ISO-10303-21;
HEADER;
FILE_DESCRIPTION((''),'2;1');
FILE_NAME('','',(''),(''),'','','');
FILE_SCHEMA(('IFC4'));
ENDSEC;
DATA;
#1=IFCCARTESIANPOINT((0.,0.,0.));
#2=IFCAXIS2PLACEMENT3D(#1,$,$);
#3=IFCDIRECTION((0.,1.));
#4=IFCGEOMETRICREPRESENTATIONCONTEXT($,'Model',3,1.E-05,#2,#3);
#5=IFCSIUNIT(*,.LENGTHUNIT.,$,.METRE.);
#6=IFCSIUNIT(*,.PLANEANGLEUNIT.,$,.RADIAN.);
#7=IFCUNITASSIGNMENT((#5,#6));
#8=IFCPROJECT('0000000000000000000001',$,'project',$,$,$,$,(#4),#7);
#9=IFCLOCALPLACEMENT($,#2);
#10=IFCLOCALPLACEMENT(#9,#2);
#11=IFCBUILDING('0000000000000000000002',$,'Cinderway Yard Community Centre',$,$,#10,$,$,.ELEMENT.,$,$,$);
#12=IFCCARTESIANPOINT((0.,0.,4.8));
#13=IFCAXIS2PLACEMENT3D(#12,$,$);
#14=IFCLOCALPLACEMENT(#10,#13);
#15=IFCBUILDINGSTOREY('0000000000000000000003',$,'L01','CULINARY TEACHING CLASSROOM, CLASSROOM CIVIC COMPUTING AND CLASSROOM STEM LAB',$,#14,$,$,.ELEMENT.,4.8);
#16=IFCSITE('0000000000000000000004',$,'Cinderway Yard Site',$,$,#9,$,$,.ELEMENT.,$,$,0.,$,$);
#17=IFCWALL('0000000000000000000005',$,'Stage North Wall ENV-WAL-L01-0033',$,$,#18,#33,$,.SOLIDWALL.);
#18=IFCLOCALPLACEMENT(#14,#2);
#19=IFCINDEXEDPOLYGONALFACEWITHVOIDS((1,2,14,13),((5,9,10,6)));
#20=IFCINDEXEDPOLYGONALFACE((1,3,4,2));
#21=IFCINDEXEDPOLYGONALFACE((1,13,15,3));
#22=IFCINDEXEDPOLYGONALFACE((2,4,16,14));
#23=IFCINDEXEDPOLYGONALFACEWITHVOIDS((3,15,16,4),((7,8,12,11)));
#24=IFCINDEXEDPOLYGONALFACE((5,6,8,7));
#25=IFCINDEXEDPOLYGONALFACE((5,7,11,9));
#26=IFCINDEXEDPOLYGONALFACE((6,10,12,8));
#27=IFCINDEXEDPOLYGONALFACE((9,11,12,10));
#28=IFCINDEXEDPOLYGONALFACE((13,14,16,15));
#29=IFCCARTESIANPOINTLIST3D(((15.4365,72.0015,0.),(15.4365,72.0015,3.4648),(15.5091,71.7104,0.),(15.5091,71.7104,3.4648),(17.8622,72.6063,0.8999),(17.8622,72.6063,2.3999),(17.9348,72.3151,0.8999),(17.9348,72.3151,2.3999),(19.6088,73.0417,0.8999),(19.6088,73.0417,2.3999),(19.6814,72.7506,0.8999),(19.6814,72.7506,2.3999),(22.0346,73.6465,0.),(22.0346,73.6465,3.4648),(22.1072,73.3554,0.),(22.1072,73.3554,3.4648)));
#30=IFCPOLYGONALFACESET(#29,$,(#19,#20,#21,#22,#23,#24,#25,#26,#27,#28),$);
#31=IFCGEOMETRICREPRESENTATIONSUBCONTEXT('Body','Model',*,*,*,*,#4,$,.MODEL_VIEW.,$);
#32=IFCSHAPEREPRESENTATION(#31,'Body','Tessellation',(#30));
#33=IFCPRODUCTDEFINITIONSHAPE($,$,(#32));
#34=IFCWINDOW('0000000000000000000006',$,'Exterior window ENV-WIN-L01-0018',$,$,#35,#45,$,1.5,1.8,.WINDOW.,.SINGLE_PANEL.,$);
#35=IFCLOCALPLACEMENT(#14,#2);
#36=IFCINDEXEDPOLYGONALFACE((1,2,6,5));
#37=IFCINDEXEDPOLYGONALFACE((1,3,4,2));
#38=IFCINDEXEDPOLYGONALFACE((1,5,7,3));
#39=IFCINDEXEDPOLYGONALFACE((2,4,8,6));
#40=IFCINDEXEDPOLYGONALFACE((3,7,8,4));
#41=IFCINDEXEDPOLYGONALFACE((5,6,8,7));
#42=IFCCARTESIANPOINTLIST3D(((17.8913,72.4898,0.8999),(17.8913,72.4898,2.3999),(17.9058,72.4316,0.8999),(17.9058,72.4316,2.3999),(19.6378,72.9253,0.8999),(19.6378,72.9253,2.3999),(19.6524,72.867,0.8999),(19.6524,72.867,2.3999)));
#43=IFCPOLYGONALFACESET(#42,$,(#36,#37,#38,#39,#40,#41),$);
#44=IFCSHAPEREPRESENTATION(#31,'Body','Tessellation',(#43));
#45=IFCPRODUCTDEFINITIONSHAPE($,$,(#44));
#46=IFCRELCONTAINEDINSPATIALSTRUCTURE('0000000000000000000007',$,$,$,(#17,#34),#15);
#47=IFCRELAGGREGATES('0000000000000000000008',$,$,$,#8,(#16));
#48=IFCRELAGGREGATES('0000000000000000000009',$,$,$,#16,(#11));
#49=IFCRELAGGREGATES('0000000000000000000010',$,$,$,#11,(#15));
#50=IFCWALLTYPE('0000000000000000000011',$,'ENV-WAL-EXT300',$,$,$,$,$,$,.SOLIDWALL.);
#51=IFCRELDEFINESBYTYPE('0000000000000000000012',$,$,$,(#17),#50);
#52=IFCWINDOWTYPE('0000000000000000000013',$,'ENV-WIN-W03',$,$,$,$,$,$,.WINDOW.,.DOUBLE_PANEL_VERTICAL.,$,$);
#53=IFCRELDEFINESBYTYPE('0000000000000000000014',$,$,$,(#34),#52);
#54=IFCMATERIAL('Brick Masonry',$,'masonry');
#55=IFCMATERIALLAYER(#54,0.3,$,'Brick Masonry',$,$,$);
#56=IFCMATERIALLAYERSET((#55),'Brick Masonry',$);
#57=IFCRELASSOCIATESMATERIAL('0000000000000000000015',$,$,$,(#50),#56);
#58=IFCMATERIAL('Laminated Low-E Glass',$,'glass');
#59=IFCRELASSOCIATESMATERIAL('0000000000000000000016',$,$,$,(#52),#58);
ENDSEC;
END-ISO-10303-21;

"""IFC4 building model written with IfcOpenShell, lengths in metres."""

from ifc_helpers import new_model, si_unit, direction, frame, frame_2d, origin, place, context, subcontext, project, spatial, rectangle, extrude, material, layer, layer_set, type_object, element, fill, save


model = new_model("IFC4")

# Units and contexts
model_context = context("Model", 3, precision=1e-05, world=origin(), true_north=direction((0.0, 1.0)))
body_context = subcontext(model_context, "Body", "Model", "MODEL_VIEW")
ifc_project = project(units=[si_unit("LENGTHUNIT", "METRE"), si_unit("PLANEANGLEUNIT", "RADIAN")], contexts=[model_context])

# Site, building, storey
site_placement = place(None, origin())
site = spatial("IfcSite", under=ifc_project, at=site_placement, Name="Cinderway Yard Site", CompositionType="ELEMENT", RefElevation=0.0)
building_placement = place(site_placement, origin())
building = spatial("IfcBuilding", under=site, at=building_placement, Name="Cinderway Yard Community Centre", CompositionType="ELEMENT")
storey_placement = place(building_placement, frame((0.0, 0.0, 4.8)))
storey = spatial("IfcBuildingStorey", under=building, at=storey_placement, Name="L01", Description="CULINARY TEACHING CLASSROOM, CLASSROOM CIVIC COMPUTING AND CLASSROOM STEM LAB", CompositionType="ELEMENT", Elevation=4.8)

# Shared definitions
ifc_material_1 = material(Name="Laminated Low-E Glass", Category="glass")

# Wall, opening, window
ifc_material_2 = material(Name="Brick Masonry", Category="masonry")
ifc_layer_1 = layer(ifc_material_2, 0.3, Name="Brick Masonry")
ifc_layer_set_1 = layer_set([ifc_layer_1], Name="Brick Masonry")
wall_type = type_object("IfcWallType", Name="ENV-WAL-EXT300", PredefinedType="SOLIDWALL", material=ifc_layer_set_1)
wall_1_placement = place(storey_placement, frame((15.4729, 71.856, 0.0), z_axis=(0.0, 0.0, 1.0), x_axis=(0.970299, 0.24191, 0.0)))
wall_1 = element("IfcWall", 1, at=wall_1_placement, inside=storey, type_object=wall_type, Name="Stage North Wall ENV-WAL-L01-0033", PredefinedType="SOLIDWALL", context=body_context, shape_type="SweptSolid", body=[
    extrude(rectangle(XDim=6.8, YDim=0.3, at=frame_2d((3.3999, 0.0))), origin(), (0.0, 0.0, 1.0), 3.4648),
])
opening_1_placement = place(wall_1_placement, frame((2.5, 0.0, 0.8999)))
opening_1 = element("IfcOpeningElement", 2, at=opening_1_placement, cuts=wall_1, PredefinedType="OPENING", context=body_context, shape_type="SweptSolid", body=[
    extrude(rectangle(XDim=1.8, YDim=1.5, at=frame_2d((0.8999, 0.75))), frame((0.0, 0.1599, 0.0), z_axis=(0.0, -1.0, 0.0), x_axis=(1.0, 0.0, 0.0)), (0.0, 0.0, 1.0), 0.3201),
])
window_type_1 = type_object("IfcWindowType", Name="ENV-WIN-W03", PartitioningType="DOUBLE_PANEL_VERTICAL", PredefinedType="WINDOW", material=ifc_material_1)
window_1_placement = place(opening_1_placement, origin())
window_1 = element("IfcWindow", 3, at=window_1_placement, inside=storey, type_object=window_type_1, Name="Exterior window ENV-WIN-L01-0018", OverallHeight=1.5, OverallWidth=1.8, PartitioningType="SINGLE_PANEL", PredefinedType="WINDOW", context=body_context, shape_type="SweptSolid", body=[
    extrude(rectangle(XDim=1.8, YDim=1.5, at=frame_2d((0.8999, 0.75))), frame((0.0, 0.03, 0.0), z_axis=(0.0, -1.0, 0.0), x_axis=(1.0, 0.0, 0.0)), (0.0, 0.0, 1.0), 0.0601),
])
fill(opening_1, window_1)

save(model, "model.ifc")
